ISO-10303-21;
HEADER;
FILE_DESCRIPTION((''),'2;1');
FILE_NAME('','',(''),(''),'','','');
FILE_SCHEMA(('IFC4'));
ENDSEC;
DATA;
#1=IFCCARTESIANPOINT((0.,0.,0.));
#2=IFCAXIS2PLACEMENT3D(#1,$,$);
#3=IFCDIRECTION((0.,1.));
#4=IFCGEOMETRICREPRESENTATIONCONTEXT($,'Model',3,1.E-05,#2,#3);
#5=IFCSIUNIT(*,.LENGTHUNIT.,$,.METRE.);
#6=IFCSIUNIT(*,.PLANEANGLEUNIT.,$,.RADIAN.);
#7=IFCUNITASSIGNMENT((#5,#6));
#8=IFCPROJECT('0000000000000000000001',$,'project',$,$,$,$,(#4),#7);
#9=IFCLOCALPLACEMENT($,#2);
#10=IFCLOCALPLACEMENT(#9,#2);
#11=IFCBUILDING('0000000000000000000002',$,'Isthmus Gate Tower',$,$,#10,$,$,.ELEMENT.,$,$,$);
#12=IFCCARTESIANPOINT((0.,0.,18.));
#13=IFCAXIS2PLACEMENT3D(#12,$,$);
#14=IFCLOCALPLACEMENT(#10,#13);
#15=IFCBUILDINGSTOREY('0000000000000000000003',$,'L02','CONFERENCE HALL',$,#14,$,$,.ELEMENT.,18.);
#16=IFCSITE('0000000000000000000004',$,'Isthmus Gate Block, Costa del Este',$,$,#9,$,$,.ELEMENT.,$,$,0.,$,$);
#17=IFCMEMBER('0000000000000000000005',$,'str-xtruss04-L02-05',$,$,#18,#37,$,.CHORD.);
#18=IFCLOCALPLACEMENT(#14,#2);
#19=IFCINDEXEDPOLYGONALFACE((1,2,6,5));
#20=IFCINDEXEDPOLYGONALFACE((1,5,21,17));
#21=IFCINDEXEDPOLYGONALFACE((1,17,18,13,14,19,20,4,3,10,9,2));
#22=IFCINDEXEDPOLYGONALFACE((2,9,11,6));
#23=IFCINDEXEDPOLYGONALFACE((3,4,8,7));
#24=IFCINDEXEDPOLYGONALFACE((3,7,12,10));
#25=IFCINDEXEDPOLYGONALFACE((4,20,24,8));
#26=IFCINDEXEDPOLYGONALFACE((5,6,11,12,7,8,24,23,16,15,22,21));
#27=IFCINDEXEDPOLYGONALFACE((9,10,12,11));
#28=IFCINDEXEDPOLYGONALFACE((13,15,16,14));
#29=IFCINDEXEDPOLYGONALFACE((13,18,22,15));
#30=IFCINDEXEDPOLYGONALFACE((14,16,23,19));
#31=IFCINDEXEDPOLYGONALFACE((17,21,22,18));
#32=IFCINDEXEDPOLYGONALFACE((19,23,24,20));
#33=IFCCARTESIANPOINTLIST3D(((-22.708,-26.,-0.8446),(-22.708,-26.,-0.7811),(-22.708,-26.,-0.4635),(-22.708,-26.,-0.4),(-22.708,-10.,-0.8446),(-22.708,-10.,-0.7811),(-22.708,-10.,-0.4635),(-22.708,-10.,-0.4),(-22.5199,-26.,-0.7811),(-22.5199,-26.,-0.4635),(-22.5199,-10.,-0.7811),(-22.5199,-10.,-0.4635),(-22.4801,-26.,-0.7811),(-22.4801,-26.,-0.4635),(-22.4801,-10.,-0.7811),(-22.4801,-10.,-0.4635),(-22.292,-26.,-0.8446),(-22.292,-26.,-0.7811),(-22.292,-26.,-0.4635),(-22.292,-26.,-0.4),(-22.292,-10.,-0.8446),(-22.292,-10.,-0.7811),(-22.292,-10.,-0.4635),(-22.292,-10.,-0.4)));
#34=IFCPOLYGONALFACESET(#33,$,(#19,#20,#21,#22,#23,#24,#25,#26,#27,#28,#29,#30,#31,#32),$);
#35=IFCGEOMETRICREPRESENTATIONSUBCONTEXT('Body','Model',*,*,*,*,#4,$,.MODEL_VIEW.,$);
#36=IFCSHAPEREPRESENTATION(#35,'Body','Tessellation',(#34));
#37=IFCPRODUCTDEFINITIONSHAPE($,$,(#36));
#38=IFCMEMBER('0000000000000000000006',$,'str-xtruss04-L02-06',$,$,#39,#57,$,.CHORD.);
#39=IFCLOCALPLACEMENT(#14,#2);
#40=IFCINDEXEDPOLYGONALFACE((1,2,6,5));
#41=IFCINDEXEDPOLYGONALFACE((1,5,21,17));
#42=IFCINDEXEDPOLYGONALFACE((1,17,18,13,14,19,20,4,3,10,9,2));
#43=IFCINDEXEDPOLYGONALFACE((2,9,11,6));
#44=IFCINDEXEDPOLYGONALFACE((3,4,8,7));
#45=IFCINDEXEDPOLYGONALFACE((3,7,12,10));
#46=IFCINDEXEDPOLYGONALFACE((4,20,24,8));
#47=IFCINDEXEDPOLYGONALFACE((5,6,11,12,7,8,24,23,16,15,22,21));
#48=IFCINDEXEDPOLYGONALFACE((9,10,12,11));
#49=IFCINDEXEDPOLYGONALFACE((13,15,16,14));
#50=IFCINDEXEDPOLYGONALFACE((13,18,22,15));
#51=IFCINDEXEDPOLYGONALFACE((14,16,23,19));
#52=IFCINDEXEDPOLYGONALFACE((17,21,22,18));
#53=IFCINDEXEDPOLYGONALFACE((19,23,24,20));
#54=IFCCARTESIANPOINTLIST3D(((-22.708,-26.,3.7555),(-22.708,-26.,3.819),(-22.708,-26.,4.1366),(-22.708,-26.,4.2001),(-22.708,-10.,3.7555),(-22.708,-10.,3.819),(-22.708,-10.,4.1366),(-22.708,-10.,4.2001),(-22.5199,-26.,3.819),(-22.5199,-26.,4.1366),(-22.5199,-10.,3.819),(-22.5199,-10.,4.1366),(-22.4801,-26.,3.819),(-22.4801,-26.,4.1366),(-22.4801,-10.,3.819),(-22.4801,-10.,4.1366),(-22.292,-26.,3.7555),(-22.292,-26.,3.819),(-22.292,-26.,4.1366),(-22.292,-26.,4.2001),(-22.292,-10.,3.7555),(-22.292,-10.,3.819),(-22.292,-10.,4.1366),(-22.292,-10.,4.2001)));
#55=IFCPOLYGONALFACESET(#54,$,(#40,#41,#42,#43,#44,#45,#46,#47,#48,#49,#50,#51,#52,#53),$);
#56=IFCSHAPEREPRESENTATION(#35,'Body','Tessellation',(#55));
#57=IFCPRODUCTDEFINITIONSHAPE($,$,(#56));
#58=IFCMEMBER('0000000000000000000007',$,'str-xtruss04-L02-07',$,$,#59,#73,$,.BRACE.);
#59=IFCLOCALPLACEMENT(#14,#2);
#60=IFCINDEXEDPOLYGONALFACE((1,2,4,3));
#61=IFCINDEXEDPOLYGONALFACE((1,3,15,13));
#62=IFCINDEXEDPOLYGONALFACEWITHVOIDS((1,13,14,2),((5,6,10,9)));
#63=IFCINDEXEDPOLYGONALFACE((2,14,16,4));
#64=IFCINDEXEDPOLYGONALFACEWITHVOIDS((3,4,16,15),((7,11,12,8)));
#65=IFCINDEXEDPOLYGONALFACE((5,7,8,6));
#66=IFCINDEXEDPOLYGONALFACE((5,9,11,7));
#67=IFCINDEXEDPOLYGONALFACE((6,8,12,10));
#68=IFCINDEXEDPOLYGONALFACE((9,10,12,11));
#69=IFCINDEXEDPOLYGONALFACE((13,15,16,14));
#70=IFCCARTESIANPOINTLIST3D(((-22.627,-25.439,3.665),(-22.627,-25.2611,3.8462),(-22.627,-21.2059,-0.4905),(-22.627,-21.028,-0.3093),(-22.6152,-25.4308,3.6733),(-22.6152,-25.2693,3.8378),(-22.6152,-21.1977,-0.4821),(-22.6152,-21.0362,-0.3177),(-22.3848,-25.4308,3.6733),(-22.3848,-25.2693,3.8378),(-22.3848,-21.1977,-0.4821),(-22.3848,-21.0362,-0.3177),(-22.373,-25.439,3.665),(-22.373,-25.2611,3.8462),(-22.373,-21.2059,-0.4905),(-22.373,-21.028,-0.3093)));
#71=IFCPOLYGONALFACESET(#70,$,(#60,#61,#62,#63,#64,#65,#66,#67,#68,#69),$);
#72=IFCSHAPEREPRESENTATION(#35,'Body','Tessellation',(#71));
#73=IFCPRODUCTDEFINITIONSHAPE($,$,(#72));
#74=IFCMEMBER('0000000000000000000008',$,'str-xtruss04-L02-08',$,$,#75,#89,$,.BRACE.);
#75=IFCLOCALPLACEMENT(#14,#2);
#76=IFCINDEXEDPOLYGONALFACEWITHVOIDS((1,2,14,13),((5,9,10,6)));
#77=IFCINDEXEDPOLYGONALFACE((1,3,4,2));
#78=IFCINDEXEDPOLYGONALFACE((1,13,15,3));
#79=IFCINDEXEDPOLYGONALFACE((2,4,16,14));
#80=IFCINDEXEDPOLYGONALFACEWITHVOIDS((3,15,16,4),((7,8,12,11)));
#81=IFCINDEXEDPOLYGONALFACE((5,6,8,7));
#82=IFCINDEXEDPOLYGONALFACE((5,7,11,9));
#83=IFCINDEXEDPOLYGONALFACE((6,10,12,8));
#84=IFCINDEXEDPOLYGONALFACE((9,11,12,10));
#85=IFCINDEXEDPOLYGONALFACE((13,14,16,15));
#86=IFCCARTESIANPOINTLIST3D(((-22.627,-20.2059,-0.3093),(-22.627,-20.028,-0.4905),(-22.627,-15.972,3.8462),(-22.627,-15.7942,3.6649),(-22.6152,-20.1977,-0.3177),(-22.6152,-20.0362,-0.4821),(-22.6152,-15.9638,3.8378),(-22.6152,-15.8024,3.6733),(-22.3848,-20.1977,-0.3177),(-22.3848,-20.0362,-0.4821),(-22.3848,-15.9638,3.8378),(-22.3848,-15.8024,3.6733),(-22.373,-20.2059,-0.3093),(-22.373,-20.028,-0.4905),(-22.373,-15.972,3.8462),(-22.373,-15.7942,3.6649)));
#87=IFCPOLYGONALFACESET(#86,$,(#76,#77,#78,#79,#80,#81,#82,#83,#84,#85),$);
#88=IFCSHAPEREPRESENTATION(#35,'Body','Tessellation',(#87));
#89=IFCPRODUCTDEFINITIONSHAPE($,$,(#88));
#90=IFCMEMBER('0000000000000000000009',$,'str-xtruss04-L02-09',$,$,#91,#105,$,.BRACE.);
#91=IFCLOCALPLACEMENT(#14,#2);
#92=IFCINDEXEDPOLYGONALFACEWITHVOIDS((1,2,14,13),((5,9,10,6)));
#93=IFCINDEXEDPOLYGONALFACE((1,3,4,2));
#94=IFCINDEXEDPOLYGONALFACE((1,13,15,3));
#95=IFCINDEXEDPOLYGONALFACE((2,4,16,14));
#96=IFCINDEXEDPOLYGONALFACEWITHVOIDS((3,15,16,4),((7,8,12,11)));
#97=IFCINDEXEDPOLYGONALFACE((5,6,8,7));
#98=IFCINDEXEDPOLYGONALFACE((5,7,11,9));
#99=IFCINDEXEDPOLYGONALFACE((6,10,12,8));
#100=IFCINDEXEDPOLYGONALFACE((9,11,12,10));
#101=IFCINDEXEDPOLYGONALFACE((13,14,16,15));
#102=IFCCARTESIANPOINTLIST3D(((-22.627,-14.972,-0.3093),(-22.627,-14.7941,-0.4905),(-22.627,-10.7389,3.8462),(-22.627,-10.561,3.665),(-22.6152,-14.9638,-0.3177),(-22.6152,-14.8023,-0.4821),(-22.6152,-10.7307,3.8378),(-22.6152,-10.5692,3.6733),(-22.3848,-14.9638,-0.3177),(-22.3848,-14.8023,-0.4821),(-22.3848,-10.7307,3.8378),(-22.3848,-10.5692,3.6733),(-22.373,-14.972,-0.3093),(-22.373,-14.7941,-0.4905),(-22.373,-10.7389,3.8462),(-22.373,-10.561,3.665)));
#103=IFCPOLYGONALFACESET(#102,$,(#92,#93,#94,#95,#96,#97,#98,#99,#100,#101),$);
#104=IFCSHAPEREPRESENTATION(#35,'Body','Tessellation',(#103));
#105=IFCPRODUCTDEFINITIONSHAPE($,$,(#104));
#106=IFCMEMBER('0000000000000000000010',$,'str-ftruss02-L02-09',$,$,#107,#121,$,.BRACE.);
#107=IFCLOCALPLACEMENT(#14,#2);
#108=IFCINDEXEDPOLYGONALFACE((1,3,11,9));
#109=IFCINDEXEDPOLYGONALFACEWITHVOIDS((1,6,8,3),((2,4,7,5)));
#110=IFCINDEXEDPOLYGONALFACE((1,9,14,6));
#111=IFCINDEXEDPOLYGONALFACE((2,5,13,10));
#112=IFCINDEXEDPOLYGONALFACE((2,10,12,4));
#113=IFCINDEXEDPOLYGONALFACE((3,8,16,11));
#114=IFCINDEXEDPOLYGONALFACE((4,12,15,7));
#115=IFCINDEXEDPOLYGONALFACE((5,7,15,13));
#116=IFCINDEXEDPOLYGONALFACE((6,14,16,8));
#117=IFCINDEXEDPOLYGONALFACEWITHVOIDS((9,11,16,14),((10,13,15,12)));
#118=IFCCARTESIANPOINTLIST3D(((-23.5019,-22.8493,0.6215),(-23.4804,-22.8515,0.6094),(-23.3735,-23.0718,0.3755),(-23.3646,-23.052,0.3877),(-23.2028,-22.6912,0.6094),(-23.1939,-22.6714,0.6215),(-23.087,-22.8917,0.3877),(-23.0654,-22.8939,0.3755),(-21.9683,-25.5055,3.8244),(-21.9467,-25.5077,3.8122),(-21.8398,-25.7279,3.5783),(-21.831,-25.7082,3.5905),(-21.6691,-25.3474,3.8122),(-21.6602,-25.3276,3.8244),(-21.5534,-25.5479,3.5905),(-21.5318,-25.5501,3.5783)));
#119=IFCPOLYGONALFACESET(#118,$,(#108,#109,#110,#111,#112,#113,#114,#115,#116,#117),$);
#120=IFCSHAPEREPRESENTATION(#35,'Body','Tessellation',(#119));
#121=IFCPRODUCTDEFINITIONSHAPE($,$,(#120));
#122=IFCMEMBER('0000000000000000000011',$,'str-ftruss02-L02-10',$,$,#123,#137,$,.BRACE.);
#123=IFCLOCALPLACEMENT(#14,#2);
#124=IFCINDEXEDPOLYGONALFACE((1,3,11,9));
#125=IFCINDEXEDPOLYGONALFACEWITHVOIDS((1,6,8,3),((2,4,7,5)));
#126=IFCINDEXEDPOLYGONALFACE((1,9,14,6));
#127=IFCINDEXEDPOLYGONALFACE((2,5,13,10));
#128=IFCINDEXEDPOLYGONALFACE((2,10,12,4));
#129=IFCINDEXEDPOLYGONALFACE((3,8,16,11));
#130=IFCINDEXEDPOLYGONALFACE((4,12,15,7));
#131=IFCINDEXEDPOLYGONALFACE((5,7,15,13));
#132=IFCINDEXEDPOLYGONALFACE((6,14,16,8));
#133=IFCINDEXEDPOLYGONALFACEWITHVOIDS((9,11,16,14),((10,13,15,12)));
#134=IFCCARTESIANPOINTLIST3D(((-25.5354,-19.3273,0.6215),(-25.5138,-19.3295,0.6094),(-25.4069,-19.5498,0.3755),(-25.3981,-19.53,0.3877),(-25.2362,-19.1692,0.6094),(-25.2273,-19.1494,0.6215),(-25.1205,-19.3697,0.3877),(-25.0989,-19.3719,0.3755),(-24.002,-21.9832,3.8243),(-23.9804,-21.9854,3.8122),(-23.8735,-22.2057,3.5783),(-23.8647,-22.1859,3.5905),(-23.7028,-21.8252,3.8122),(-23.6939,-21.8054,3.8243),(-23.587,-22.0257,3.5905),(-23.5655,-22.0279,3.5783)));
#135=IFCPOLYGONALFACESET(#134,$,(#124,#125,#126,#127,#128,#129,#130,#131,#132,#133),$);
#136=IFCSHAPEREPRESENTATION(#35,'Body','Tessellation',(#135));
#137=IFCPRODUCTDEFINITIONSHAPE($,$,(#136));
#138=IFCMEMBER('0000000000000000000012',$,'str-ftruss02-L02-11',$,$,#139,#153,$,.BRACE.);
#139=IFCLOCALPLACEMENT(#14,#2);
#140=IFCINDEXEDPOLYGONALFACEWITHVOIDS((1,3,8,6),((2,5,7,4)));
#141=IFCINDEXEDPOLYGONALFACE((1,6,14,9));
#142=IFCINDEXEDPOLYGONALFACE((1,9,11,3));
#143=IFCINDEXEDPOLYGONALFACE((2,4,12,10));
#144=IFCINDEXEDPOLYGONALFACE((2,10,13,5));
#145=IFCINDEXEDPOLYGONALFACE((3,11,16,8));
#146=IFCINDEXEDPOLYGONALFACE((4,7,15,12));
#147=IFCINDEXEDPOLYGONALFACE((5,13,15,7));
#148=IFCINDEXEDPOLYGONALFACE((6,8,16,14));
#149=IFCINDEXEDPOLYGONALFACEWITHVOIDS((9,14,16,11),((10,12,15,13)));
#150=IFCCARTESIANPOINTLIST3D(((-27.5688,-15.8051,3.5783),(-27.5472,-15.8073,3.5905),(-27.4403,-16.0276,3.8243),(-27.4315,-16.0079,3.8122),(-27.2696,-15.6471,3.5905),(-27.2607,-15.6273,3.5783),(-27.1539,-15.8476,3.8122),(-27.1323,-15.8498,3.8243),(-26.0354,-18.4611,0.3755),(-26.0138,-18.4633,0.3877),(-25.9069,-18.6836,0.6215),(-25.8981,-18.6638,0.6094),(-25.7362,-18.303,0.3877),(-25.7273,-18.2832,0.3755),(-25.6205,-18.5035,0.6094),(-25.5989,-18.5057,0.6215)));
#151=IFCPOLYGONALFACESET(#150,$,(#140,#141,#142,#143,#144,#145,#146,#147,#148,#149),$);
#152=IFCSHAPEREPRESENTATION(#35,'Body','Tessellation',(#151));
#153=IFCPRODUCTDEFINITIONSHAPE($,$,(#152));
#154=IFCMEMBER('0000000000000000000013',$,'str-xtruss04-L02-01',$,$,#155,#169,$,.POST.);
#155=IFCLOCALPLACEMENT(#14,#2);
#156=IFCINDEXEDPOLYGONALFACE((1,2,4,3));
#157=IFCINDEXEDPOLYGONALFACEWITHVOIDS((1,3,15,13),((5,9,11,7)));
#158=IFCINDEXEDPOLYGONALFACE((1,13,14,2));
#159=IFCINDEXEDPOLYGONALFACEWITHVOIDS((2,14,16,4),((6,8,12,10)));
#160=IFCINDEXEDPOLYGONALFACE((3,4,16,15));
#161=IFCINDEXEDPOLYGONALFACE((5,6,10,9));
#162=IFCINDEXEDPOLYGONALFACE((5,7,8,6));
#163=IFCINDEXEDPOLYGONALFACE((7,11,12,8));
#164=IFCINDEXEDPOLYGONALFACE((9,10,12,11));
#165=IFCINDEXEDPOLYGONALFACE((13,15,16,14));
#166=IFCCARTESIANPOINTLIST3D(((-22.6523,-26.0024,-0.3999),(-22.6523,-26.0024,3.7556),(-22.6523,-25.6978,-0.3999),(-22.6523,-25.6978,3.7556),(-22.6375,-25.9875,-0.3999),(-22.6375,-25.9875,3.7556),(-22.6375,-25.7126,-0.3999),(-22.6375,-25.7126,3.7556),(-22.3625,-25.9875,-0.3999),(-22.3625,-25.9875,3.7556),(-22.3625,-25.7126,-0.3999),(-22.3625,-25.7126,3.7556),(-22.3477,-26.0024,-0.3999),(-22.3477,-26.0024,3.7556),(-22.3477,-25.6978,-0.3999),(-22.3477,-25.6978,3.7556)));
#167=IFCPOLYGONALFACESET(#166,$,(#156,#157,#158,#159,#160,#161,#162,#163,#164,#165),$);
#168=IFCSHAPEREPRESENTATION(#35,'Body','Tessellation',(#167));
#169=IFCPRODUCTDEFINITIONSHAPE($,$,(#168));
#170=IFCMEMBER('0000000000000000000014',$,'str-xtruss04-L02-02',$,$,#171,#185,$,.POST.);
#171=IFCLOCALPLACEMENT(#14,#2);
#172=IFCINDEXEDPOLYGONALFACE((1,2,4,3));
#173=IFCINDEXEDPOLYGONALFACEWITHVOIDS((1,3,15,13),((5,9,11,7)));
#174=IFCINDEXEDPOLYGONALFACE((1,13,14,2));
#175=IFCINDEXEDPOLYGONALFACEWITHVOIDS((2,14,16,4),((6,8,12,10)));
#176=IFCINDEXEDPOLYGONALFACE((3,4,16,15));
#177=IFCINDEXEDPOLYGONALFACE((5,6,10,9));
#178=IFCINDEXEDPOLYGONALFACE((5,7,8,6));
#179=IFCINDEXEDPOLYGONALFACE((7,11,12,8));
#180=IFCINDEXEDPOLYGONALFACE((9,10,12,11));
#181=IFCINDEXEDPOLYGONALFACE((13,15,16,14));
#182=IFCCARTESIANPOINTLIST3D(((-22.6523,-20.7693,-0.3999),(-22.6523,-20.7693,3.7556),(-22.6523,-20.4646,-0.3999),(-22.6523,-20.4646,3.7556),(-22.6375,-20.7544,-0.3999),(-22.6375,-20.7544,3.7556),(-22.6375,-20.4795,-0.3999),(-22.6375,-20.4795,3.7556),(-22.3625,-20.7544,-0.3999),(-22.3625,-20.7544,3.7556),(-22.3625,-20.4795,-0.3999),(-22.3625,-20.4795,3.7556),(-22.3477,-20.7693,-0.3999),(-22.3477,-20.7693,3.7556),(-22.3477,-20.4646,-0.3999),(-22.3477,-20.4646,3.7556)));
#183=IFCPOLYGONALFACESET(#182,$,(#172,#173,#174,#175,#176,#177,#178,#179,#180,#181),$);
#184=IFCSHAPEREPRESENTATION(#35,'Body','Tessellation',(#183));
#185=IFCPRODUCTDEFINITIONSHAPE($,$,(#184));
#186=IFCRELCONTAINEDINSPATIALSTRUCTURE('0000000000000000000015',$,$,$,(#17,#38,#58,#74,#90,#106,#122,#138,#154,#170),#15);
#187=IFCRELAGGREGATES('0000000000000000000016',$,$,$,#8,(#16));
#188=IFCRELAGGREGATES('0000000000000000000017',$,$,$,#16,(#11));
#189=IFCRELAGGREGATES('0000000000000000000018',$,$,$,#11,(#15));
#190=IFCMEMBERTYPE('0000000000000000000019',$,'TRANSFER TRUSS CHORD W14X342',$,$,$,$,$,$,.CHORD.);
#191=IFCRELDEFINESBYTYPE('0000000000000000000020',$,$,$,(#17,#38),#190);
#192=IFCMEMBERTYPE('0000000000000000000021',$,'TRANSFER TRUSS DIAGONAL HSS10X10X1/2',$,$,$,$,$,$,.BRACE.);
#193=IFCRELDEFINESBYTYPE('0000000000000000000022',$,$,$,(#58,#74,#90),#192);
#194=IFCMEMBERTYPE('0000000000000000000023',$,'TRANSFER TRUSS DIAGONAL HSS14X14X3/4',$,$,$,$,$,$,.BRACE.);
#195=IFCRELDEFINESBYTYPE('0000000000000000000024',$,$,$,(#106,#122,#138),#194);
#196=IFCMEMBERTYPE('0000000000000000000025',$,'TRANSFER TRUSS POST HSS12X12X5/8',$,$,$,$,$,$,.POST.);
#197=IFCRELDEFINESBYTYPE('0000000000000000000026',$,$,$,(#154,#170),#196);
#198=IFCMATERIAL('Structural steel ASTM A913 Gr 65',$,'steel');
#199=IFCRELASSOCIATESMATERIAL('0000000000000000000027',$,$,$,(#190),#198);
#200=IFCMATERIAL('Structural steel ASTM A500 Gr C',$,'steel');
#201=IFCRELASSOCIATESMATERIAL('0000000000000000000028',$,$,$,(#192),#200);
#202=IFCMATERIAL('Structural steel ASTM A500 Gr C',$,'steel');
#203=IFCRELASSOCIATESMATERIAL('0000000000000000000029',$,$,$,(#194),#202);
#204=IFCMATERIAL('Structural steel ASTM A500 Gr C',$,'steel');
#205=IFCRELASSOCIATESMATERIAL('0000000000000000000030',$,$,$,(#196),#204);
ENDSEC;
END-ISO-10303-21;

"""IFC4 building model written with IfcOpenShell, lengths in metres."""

from ifc_helpers import new_model, si_unit, direction, frame, origin, origin_2d, place, context, subcontext, project, spatial, hollow_rectangle, i_section, extrude, material, material_profile, profile_set, type_object, element, save


model = new_model("IFC4")

# Units and contexts
model_context = context("Model", 3, precision=1e-05, world=origin(), true_north=direction((0.0, 1.0)))
body_context = subcontext(model_context, "Body", "Model", "MODEL_VIEW")
ifc_project = project(units=[si_unit("LENGTHUNIT", "METRE"), si_unit("PLANEANGLEUNIT", "RADIAN")], contexts=[model_context])

# Site, building, storey
site_placement = place(None, origin())
site = spatial("IfcSite", under=ifc_project, at=site_placement, Name="Isthmus Gate Block, Costa del Este", CompositionType="ELEMENT", RefElevation=0.0)
building_placement = place(site_placement, origin())
building = spatial("IfcBuilding", under=site, at=building_placement, Name="Isthmus Gate Tower", CompositionType="ELEMENT")
storey_placement = place(building_placement, frame((0.0, 0.0, 18.0)))
storey = spatial("IfcBuildingStorey", under=building, at=storey_placement, Name="L02", Description="CONFERENCE HALL", CompositionType="ELEMENT", Elevation=18.0)

# Members
ifc_material_1 = material(Name="Structural steel ASTM A913 Gr 65", Category="steel")
ifc_material_profile_1 = material_profile(ifc_material_1, i_section(OverallWidth=0.416, OverallDepth=0.4446, WebThickness=0.0398, FlangeThickness=0.0635, at=origin_2d()), Name="W14X342")
ifc_profile_set_1 = profile_set([ifc_material_profile_1], Name="Structural steel ASTM A913 Gr 65")
member_type_1 = type_object("IfcMemberType", Name="TRANSFER TRUSS CHORD W14X342", PredefinedType="CHORD", material=ifc_profile_set_1)
for number, where, z_axis, x_axis, name in (
    (1, (-22.5, -26.0, -0.6223), (0.0, 1.0, 0.0), (-1.0, 0.0, 0.0), "str-xtruss04-L02-05"),
    (2, (-22.5, -26.0, 3.9778), (0.0, 1.0, 0.0), (-1.0, 0.0, 0.0), "str-xtruss04-L02-06"),
):
    element("IfcMember", number, at=place(storey_placement, frame(where, z_axis=z_axis, x_axis=x_axis)), inside=storey, type_object=member_type_1, Name=name, PredefinedType="CHORD", context=body_context, shape_type="SweptSolid", body=[
        extrude(i_section(OverallWidth=0.416, OverallDepth=0.4446, WebThickness=0.0398, FlangeThickness=0.0635, at=origin_2d()), origin(), (0.0, 0.0, 1.0), 16.0),
    ])
ifc_material_2 = material(Name="Structural steel ASTM A500 Gr C", Category="steel")
ifc_material_profile_2 = material_profile(ifc_material_2, hollow_rectangle(XDim=0.2539, YDim=0.2539, WallThickness=0.0117, at=origin_2d()), Name="HSS10X10X1/2")
ifc_profile_set_2 = profile_set([ifc_material_profile_2], Name="Structural steel ASTM A500 Gr C")
member_type_2 = type_object("IfcMemberType", Name="TRANSFER TRUSS DIAGONAL HSS10X10X1/2", PredefinedType="BRACE", material=ifc_profile_set_2)
member_1_placement = place(storey_placement, frame((-22.5, -21.1169, -0.3999), z_axis=(0.0, -0.71362, 0.700533), x_axis=(1.0, 0.0, 0.0)))
element("IfcMember", 3, at=member_1_placement, inside=storey, type_object=member_type_2, Name="str-xtruss04-L02-07", PredefinedType="BRACE", context=body_context, shape_type="SweptSolid", body=[
    extrude(hollow_rectangle(XDim=0.2539, YDim=0.2539, WallThickness=0.0117, at=origin_2d()), origin(), (0.0, 0.0, 1.0), 5.9319),
])
member_2_placement = place(storey_placement, frame((-22.5, -20.1169, -0.3999), z_axis=(0.0, 0.713681, 0.700471), x_axis=(-1.0, 0.0, 0.0)))
element("IfcMember", 4, at=member_2_placement, inside=storey, type_object=member_type_2, Name="str-xtruss04-L02-08", PredefinedType="BRACE", context=body_context, shape_type="SweptSolid", body=[
    extrude(hollow_rectangle(XDim=0.2539, YDim=0.2539, WallThickness=0.0117, at=origin_2d()), origin(), (0.0, 0.0, 1.0), 5.9324),
])
member_3_placement = place(storey_placement, frame((-22.5, -14.8831, -0.3999), z_axis=(0.0, 0.71362, 0.700533), x_axis=(-1.0, 0.0, 0.0)))
element("IfcMember", 5, at=member_3_placement, inside=storey, type_object=member_type_2, Name="str-xtruss04-L02-09", PredefinedType="BRACE", context=body_context, shape_type="SweptSolid", body=[
    extrude(hollow_rectangle(XDim=0.2539, YDim=0.2539, WallThickness=0.0117, at=origin_2d()), origin(), (0.0, 0.0, 1.0), 5.9319),
])
ifc_material_3 = material(Name="Structural steel ASTM A500 Gr C", Category="steel")
ifc_material_profile_3 = material_profile(ifc_material_3, hollow_rectangle(XDim=0.3557, YDim=0.3557, WallThickness=0.0176, at=origin_2d()), Name="HSS14X14X3/4")
ifc_profile_set_3 = profile_set([ifc_material_profile_3], Name="Structural steel ASTM A500 Gr C")
member_type_3 = type_object("IfcMemberType", Name="TRANSFER TRUSS DIAGONAL HSS14X14X3/4", PredefinedType="BRACE", material=ifc_profile_set_3)
member_4_placement = place(storey_placement, frame((-23.2837, -22.8716, 0.4985), z_axis=(0.345841, -0.598973, 0.722236), x_axis=(0.866011, 0.500026, 0.0)))
element("IfcMember", 6, at=member_4_placement, inside=storey, type_object=member_type_3, Name="str-ftruss02-L02-09", PredefinedType="BRACE", context=body_context, shape_type="SweptSolid", body=[
    extrude(hollow_rectangle(XDim=0.3557, YDim=0.3557, WallThickness=0.0176, at=origin_2d()), origin(), (0.0, 0.0, 1.0), 4.4346),
])
for number, where, z_axis, x_axis, name in (
    (7, (-25.3171, -19.3496, 0.4985), (0.345804, -0.598949, 0.722274), (0.866025, 0.5, 0.0), "str-ftruss02-L02-10"),
    (8, (-25.8171, -18.4834, 0.4985), (-0.345804, 0.598949, 0.722274), (-0.866025, -0.5, 0.0), "str-ftruss02-L02-11"),
):
    element("IfcMember", number, at=place(storey_placement, frame(where, z_axis=z_axis, x_axis=x_axis)), inside=storey, type_object=member_type_3, Name=name, PredefinedType="BRACE", context=body_context, shape_type="SweptSolid", body=[
        extrude(hollow_rectangle(XDim=0.3557, YDim=0.3557, WallThickness=0.0176, at=origin_2d()), origin(), (0.0, 0.0, 1.0), 4.4343),
    ])
ifc_material_4 = material(Name="Structural steel ASTM A500 Gr C", Category="steel")
ifc_material_profile_4 = material_profile(ifc_material_4, hollow_rectangle(XDim=0.3047, YDim=0.3047, WallThickness=0.0149, at=origin_2d()), Name="HSS12X12X5/8")
ifc_profile_set_4 = profile_set([ifc_material_profile_4], Name="Structural steel ASTM A500 Gr C")
member_type_4 = type_object("IfcMemberType", Name="TRANSFER TRUSS POST HSS12X12X5/8", PredefinedType="POST", material=ifc_profile_set_4)
for number, where, z_axis, x_axis, name in (
    (9, (-22.5, -25.8501, -0.3999), (0.0, 0.0, 1.0), (1.0, 0.0, 0.0), "str-xtruss04-L02-01"),
    (10, (-22.5, -20.6169, -0.3999), (0.0, 0.0, 1.0), (1.0, 0.0, 0.0), "str-xtruss04-L02-02"),
):
    element("IfcMember", number, at=place(storey_placement, frame(where, z_axis=z_axis, x_axis=x_axis)), inside=storey, type_object=member_type_4, Name=name, PredefinedType="POST", context=body_context, shape_type="SweptSolid", body=[
        extrude(hollow_rectangle(XDim=0.3047, YDim=0.3047, WallThickness=0.0149, at=origin_2d()), origin(), (0.0, 0.0, 1.0), 4.1555),
    ])

save(model, "model.ifc")
